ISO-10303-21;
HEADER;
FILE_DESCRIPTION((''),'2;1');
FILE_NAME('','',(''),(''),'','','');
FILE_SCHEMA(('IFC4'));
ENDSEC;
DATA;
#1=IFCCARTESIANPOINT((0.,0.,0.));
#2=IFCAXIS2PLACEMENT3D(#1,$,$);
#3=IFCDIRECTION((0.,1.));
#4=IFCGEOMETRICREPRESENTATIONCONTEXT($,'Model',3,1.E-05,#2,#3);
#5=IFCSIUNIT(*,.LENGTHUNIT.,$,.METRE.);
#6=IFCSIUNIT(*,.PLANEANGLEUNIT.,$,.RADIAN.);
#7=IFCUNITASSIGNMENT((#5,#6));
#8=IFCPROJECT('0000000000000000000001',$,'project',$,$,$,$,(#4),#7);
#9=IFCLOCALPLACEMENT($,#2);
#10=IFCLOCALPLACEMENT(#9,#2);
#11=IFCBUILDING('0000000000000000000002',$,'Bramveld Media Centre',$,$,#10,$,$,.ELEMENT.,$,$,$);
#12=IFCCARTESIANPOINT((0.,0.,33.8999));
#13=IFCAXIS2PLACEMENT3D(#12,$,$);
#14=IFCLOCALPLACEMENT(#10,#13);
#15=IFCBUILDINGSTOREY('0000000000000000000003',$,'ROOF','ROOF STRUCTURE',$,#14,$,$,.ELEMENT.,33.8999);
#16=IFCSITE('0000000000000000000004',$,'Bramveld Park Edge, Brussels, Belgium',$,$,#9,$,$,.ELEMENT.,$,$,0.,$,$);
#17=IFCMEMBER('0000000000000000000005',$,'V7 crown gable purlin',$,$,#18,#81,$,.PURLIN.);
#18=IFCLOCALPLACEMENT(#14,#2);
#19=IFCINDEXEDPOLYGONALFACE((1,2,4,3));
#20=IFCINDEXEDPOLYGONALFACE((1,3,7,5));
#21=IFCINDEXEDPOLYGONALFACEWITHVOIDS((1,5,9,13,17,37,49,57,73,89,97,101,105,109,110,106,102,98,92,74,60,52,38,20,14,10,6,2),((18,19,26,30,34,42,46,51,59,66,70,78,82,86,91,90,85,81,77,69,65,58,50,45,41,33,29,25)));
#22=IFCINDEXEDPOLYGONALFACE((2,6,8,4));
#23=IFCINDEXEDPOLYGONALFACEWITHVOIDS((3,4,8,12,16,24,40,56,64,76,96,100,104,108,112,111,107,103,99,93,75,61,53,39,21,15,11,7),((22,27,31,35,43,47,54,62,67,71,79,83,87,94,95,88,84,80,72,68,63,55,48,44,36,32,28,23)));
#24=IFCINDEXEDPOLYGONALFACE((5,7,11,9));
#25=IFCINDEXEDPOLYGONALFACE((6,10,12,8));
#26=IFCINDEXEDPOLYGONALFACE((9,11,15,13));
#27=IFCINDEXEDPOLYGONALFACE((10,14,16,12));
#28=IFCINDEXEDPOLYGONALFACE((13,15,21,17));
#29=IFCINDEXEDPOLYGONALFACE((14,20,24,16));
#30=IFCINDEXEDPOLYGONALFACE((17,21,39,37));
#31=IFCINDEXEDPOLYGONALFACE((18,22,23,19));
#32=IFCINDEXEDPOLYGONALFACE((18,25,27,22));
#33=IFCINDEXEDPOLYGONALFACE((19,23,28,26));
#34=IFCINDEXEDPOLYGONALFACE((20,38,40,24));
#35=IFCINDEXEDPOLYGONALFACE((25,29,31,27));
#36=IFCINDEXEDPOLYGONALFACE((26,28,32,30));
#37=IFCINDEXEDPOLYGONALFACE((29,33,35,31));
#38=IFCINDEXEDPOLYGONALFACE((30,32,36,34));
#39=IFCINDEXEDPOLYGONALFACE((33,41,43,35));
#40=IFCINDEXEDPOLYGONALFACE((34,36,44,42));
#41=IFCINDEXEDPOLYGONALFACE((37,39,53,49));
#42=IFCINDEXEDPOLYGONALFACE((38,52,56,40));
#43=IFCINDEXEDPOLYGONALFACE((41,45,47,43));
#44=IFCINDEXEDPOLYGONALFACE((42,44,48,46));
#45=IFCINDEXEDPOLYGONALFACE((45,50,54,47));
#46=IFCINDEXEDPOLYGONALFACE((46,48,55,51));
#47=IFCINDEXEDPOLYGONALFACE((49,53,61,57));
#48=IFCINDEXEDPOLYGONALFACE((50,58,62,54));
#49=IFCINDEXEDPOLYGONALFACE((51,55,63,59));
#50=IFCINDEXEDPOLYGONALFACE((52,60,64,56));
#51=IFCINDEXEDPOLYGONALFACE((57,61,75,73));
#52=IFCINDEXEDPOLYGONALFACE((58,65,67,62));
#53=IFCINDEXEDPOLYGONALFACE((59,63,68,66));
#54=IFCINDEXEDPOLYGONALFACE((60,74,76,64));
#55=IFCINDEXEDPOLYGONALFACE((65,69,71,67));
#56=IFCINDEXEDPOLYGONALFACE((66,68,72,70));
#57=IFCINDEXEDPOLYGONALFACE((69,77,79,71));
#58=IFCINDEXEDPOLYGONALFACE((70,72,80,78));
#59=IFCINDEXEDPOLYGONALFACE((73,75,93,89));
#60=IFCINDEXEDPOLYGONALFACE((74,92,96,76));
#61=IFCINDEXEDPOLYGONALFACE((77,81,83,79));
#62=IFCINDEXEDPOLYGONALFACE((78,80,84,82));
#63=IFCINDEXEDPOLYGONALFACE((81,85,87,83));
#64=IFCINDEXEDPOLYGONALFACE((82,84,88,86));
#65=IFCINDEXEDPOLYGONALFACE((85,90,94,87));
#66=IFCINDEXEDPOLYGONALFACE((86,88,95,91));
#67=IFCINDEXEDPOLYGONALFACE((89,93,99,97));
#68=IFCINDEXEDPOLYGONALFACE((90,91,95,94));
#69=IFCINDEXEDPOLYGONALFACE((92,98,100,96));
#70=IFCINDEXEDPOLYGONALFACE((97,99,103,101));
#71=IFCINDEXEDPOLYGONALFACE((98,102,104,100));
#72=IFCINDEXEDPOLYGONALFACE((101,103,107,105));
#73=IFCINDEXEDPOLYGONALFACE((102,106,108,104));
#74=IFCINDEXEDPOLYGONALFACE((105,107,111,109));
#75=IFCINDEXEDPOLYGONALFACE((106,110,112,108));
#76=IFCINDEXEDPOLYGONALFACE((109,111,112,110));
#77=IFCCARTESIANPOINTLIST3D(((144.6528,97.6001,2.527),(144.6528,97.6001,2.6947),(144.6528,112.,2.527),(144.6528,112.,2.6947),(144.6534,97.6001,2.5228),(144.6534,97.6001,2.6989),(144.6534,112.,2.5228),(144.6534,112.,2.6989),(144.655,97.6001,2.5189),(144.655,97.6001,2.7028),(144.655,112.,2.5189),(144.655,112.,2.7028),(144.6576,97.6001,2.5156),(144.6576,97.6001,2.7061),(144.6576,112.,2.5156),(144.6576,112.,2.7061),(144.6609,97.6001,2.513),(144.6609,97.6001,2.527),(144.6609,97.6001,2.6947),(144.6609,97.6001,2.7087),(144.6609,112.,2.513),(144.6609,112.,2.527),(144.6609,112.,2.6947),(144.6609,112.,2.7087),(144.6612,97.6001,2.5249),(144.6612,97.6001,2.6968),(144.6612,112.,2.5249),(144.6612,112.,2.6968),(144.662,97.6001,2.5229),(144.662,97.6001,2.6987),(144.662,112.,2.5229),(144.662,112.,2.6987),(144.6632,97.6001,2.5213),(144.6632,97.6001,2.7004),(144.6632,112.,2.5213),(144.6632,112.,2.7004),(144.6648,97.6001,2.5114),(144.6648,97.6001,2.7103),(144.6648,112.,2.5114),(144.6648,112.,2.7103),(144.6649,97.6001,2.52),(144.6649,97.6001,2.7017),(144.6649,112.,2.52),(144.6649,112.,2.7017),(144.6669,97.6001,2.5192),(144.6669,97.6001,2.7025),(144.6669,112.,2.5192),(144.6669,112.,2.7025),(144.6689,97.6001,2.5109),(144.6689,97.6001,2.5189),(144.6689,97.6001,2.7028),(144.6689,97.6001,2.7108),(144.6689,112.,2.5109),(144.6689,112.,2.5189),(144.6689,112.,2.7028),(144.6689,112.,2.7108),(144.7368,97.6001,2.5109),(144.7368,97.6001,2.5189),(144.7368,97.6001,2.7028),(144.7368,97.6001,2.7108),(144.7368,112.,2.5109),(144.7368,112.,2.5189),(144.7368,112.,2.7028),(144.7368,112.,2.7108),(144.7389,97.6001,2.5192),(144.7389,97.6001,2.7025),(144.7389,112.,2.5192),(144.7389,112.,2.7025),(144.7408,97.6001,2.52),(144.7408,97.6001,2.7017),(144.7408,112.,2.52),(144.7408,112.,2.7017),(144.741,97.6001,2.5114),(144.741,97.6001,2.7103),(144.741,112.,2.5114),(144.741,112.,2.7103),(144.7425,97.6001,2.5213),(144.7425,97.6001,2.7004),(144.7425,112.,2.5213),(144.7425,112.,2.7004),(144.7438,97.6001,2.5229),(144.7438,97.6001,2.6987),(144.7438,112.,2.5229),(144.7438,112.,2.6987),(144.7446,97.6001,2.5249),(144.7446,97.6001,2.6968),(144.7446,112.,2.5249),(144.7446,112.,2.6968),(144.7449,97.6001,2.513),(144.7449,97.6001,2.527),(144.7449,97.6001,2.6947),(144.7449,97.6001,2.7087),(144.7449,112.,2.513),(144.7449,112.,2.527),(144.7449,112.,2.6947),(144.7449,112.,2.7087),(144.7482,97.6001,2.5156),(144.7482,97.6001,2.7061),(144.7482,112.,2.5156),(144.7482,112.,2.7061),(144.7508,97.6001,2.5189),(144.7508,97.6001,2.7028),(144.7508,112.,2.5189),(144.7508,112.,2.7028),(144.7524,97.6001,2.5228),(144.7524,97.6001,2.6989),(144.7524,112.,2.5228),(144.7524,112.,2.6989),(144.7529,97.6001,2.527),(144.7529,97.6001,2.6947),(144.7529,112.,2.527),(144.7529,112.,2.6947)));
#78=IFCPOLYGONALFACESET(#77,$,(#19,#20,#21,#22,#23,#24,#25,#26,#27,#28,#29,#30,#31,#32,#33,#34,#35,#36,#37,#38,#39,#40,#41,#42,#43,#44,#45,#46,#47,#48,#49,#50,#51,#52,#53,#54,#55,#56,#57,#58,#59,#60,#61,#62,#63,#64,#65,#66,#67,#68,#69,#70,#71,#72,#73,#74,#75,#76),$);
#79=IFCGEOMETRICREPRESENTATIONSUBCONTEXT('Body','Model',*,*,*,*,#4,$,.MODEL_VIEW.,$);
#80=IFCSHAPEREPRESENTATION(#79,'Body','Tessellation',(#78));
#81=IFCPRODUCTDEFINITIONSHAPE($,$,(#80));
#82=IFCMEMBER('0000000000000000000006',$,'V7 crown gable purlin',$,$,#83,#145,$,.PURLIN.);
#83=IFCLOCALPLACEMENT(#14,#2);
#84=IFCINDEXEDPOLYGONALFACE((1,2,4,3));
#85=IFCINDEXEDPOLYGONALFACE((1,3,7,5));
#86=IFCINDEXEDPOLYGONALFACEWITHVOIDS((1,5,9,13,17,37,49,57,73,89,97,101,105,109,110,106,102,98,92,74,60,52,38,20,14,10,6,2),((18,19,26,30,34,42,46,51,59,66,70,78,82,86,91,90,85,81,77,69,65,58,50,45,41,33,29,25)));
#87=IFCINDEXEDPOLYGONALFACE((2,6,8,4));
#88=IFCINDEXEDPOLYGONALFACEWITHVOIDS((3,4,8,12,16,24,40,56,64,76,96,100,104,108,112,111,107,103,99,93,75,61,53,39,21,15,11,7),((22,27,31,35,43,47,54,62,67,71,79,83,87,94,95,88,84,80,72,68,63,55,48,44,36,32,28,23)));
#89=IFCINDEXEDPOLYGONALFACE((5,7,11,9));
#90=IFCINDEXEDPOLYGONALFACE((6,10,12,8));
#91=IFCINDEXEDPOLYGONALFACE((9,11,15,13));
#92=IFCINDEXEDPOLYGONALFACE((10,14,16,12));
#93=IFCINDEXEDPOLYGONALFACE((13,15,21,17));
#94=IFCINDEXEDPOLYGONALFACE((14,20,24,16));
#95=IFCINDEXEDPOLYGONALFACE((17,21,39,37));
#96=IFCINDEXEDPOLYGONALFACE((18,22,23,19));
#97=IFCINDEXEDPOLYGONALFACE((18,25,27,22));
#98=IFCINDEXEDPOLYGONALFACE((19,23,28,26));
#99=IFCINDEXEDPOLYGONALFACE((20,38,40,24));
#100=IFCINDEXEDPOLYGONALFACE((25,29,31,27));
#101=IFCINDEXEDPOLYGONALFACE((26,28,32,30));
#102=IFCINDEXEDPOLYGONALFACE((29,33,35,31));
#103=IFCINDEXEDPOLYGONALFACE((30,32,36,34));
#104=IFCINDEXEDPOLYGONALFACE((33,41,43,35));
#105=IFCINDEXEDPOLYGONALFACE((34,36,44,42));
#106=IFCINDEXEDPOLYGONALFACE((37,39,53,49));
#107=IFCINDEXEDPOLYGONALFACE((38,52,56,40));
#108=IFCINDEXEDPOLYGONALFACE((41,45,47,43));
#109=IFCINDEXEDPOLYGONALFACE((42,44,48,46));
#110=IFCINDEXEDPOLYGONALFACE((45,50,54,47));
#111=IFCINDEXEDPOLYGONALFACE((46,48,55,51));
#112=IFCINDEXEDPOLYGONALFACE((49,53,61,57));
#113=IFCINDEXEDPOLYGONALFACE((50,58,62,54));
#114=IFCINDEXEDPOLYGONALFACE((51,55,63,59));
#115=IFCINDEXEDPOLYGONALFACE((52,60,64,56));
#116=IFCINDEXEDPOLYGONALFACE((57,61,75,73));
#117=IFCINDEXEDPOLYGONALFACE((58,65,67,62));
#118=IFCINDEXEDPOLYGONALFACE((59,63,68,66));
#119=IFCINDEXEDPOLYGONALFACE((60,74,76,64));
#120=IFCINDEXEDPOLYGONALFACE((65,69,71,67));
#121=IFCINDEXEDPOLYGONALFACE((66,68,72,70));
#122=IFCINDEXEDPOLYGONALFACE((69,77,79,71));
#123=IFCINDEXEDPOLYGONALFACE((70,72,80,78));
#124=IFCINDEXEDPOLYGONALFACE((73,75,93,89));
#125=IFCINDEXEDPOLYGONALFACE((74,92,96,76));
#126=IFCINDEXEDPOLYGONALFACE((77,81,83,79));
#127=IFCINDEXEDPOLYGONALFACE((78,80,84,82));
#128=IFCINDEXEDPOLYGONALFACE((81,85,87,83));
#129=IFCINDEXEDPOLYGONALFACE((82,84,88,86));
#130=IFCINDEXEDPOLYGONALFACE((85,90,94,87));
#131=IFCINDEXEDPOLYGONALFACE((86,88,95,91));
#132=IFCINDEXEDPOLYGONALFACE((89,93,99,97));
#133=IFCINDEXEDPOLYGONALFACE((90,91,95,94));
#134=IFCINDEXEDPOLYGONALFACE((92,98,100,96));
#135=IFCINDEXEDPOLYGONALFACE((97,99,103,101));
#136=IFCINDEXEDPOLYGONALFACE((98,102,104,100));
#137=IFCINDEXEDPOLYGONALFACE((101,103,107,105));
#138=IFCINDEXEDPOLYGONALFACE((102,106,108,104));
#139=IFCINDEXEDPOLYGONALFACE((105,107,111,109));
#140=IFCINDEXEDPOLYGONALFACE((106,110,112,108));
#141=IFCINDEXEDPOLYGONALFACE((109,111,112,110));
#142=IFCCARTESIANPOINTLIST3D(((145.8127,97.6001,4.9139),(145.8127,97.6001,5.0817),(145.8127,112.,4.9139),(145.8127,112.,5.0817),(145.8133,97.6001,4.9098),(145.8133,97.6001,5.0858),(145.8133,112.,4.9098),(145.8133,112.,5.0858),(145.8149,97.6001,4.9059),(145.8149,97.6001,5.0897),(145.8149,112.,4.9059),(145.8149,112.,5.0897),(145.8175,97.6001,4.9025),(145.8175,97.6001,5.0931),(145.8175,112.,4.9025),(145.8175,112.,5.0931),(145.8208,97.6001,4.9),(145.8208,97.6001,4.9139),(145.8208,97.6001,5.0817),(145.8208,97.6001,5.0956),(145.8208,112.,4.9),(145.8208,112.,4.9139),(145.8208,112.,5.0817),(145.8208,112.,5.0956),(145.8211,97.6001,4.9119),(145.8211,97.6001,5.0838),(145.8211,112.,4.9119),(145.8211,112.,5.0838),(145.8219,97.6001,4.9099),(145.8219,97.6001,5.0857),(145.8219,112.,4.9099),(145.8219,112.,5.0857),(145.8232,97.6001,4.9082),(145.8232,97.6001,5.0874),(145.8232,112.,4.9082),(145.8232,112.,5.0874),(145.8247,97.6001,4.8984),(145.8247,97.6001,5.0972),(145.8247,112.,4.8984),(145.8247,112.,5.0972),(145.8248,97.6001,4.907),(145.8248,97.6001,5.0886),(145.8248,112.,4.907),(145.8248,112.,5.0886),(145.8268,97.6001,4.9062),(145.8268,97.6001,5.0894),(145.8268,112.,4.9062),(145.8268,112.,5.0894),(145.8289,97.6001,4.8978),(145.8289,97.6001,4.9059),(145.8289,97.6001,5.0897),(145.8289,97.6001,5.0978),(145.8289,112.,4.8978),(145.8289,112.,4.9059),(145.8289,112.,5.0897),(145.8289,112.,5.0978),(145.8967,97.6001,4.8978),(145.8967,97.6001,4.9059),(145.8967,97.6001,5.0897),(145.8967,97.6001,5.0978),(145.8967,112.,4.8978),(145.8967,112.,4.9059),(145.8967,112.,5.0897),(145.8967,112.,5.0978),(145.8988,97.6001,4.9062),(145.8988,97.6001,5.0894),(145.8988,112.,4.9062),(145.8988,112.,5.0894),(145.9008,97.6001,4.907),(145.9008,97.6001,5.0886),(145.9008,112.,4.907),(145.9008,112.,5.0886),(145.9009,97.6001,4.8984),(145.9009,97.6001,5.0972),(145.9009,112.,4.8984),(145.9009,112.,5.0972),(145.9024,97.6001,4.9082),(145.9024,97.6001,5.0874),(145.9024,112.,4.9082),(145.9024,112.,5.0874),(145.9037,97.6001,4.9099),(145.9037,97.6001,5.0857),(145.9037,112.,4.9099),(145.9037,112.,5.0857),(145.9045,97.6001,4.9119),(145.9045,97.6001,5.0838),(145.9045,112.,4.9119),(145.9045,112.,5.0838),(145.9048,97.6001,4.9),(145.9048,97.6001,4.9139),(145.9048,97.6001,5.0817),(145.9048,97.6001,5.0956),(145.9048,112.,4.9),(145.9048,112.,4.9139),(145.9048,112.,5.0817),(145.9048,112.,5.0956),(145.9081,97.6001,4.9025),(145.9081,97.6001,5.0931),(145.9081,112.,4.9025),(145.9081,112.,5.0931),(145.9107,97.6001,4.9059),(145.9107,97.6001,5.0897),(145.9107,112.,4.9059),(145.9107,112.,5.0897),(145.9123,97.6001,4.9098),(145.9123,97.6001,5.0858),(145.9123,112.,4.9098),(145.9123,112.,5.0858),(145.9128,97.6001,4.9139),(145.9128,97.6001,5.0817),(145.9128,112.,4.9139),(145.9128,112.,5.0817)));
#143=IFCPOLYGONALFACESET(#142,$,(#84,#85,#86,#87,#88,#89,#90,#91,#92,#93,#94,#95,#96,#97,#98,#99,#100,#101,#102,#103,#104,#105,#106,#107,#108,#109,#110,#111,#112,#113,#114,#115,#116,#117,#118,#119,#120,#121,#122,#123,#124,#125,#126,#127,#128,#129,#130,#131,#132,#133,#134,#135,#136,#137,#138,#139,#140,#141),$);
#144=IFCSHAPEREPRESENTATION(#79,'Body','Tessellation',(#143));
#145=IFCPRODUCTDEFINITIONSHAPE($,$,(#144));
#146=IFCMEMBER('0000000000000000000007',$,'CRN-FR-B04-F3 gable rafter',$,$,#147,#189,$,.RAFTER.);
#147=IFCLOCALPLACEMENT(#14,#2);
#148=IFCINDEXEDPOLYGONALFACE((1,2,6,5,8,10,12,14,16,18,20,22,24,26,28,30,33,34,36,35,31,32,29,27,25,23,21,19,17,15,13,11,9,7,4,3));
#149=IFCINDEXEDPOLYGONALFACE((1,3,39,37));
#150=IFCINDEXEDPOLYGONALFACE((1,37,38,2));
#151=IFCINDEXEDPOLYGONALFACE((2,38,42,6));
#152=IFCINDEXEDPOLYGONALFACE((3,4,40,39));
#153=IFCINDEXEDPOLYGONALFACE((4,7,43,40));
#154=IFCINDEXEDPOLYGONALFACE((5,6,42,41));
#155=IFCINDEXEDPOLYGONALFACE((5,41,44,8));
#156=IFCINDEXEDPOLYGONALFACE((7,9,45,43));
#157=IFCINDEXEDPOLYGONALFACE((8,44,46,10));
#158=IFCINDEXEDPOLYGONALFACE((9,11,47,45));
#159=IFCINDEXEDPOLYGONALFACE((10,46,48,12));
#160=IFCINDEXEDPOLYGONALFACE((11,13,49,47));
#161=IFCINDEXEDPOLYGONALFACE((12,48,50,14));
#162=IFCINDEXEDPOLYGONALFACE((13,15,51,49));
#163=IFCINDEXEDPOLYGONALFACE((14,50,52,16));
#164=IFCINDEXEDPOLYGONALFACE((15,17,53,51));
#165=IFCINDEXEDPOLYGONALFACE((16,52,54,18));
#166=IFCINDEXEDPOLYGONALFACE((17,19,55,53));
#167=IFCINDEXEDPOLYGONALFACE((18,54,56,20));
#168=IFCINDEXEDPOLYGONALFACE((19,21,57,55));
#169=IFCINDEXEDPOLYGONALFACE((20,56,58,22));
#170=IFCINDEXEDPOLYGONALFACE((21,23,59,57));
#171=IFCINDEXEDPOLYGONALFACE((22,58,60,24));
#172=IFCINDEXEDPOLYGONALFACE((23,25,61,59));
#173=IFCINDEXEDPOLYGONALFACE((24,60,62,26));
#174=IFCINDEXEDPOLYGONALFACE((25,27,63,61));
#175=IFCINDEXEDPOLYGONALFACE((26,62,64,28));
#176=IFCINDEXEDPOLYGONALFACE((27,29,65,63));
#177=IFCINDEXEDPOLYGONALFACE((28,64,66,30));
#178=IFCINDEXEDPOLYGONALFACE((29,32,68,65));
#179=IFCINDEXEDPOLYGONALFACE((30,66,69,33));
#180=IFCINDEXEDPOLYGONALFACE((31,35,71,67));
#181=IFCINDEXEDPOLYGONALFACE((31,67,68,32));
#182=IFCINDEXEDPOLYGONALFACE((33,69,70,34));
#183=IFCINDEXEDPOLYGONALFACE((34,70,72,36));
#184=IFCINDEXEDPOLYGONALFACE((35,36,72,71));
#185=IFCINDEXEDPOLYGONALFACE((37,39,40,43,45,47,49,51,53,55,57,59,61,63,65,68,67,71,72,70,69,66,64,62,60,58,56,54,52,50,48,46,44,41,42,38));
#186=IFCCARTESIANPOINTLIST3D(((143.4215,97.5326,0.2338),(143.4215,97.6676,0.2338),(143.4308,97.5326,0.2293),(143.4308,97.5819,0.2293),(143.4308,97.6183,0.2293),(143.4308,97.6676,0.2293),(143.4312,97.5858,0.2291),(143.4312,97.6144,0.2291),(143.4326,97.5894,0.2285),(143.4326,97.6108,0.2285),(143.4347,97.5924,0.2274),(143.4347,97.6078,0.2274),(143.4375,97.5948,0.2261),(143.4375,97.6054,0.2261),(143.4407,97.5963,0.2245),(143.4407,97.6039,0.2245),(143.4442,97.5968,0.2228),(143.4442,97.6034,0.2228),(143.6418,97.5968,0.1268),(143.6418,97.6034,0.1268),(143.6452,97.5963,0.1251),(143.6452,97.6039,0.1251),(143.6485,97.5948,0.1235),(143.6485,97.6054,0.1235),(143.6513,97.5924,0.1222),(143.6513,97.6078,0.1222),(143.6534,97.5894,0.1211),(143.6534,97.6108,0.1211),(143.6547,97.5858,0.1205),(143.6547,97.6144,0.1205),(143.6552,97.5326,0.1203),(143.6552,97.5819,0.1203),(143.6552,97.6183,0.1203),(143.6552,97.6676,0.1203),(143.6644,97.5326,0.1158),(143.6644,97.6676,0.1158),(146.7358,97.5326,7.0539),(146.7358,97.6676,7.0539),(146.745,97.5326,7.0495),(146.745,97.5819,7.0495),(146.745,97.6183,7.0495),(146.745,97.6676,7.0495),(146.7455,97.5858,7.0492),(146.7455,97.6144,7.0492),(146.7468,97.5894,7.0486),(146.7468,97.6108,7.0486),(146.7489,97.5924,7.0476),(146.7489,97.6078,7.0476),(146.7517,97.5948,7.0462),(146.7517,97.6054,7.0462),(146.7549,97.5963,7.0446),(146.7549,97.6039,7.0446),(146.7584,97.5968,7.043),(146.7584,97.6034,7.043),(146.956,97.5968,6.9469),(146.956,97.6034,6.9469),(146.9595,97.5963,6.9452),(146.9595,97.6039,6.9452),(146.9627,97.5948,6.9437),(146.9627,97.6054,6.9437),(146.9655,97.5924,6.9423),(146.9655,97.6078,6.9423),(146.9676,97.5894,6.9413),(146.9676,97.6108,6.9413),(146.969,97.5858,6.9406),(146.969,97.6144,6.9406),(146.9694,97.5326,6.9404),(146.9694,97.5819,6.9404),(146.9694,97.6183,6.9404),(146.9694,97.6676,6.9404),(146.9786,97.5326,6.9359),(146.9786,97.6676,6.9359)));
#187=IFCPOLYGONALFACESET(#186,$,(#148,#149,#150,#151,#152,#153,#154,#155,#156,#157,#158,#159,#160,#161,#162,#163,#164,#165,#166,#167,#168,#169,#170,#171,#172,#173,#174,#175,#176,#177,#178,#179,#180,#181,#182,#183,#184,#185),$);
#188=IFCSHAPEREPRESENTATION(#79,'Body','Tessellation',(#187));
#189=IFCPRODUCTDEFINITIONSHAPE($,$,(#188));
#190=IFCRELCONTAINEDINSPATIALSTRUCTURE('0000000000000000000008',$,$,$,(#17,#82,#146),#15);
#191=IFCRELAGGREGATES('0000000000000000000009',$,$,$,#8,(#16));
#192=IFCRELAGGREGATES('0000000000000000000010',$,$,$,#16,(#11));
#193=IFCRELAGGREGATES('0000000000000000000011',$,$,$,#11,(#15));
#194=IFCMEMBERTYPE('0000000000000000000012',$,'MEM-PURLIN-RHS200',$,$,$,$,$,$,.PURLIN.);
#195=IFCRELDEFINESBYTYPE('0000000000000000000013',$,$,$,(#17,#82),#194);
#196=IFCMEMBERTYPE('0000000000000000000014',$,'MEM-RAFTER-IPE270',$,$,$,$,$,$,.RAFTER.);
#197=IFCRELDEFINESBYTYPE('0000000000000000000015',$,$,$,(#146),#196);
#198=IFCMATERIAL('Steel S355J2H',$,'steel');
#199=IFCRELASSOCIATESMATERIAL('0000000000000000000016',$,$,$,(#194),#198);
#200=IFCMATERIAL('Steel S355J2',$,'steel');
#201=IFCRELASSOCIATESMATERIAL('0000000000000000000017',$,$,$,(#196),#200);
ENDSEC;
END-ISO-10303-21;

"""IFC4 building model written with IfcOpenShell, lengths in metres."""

from ifc_helpers import new_model, si_unit, direction, frame, origin, origin_2d, place, context, subcontext, project, spatial, hollow_rectangle, i_section, extrude, material, material_profile, profile_set, type_object, element, save


model = new_model("IFC4")

# Units and contexts
model_context = context("Model", 3, precision=1e-05, world=origin(), true_north=direction((0.0, 1.0)))
body_context = subcontext(model_context, "Body", "Model", "MODEL_VIEW")
ifc_project = project(units=[si_unit("LENGTHUNIT", "METRE"), si_unit("PLANEANGLEUNIT", "RADIAN")], contexts=[model_context])

# Site, building, storey
site_placement = place(None, origin())
site = spatial("IfcSite", under=ifc_project, at=site_placement, Name="Bramveld Park Edge, Brussels, Belgium", CompositionType="ELEMENT", RefElevation=0.0)
building_placement = place(site_placement, origin())
building = spatial("IfcBuilding", under=site, at=building_placement, Name="Bramveld Media Centre", CompositionType="ELEMENT")
storey_placement = place(building_placement, frame((0.0, 0.0, 33.8999)))
storey = spatial("IfcBuildingStorey", under=building, at=storey_placement, Name="ROOF", Description="ROOF STRUCTURE", CompositionType="ELEMENT", Elevation=33.8999)

# Members
ifc_material_1 = material(Name="Steel S355J2H", Category="steel")
ifc_material_profile_1 = material_profile(ifc_material_1, hollow_rectangle(XDim=0.1001, YDim=0.2, WallThickness=0.0081, InnerFilletRadius=0.0081, OuterFilletRadius=0.0161, at=origin_2d()), Name="RHS 200x100x8")
ifc_profile_set_1 = profile_set([ifc_material_profile_1], Name="Steel S355J2H")
member_type_1 = type_object("IfcMemberType", Name="MEM-PURLIN-RHS200", PredefinedType="PURLIN", material=ifc_profile_set_1)
for number, where, z_axis, x_axis, name in (
    (1, (144.7029, 97.6001, 2.6108), (0.0, 1.0, 0.0), (-1.0, 0.0, 0.0), "V7 crown gable purlin"),
    (2, (145.8628, 97.6001, 4.9978), (0.0, 1.0, 0.0), (-1.0, 0.0, 0.0), "V7 crown gable purlin"),
):
    element("IfcMember", number, at=place(storey_placement, frame(where, z_axis=z_axis, x_axis=x_axis)), inside=storey, type_object=member_type_1, Name=name, PredefinedType="PURLIN", context=body_context, shape_type="SweptSolid", body=[
        extrude(hollow_rectangle(XDim=0.1001, YDim=0.2, WallThickness=0.0081, InnerFilletRadius=0.0081, OuterFilletRadius=0.0161, at=origin_2d()), origin(), (0.0, 0.0, 1.0), 14.3999),
    ])
ifc_material_2 = material(Name="Steel S355J2", Category="steel")
ifc_material_profile_2 = material_profile(ifc_material_2, i_section(OverallWidth=0.135, OverallDepth=0.27, WebThickness=0.0066, FlangeThickness=0.0103, FilletRadius=0.0149, at=origin_2d()), Name="IPE 270")
ifc_profile_set_2 = profile_set([ifc_material_profile_2], Name="Steel S355J2")
member_type_2 = type_object("IfcMemberType", Name="MEM-RAFTER-IPE270", PredefinedType="RAFTER", material=ifc_profile_set_2)
member_1_placement = place(storey_placement, frame((143.543, 97.6001, 0.1748), z_axis=(0.437075, 0.0, 0.899425), x_axis=(0.0, 1.0, 0.0)))
element("IfcMember", 3, at=member_1_placement, inside=storey, type_object=member_type_2, Name="CRN-FR-B04-F3 gable rafter", PredefinedType="RAFTER", context=body_context, shape_type="SweptSolid", body=[
    extrude(i_section(OverallWidth=0.135, OverallDepth=0.27, WebThickness=0.0066, FlangeThickness=0.0103, FilletRadius=0.0149, at=origin_2d()), origin(), (0.0, 0.0, 1.0), 7.5828),
])

save(model, "model.ifc")
